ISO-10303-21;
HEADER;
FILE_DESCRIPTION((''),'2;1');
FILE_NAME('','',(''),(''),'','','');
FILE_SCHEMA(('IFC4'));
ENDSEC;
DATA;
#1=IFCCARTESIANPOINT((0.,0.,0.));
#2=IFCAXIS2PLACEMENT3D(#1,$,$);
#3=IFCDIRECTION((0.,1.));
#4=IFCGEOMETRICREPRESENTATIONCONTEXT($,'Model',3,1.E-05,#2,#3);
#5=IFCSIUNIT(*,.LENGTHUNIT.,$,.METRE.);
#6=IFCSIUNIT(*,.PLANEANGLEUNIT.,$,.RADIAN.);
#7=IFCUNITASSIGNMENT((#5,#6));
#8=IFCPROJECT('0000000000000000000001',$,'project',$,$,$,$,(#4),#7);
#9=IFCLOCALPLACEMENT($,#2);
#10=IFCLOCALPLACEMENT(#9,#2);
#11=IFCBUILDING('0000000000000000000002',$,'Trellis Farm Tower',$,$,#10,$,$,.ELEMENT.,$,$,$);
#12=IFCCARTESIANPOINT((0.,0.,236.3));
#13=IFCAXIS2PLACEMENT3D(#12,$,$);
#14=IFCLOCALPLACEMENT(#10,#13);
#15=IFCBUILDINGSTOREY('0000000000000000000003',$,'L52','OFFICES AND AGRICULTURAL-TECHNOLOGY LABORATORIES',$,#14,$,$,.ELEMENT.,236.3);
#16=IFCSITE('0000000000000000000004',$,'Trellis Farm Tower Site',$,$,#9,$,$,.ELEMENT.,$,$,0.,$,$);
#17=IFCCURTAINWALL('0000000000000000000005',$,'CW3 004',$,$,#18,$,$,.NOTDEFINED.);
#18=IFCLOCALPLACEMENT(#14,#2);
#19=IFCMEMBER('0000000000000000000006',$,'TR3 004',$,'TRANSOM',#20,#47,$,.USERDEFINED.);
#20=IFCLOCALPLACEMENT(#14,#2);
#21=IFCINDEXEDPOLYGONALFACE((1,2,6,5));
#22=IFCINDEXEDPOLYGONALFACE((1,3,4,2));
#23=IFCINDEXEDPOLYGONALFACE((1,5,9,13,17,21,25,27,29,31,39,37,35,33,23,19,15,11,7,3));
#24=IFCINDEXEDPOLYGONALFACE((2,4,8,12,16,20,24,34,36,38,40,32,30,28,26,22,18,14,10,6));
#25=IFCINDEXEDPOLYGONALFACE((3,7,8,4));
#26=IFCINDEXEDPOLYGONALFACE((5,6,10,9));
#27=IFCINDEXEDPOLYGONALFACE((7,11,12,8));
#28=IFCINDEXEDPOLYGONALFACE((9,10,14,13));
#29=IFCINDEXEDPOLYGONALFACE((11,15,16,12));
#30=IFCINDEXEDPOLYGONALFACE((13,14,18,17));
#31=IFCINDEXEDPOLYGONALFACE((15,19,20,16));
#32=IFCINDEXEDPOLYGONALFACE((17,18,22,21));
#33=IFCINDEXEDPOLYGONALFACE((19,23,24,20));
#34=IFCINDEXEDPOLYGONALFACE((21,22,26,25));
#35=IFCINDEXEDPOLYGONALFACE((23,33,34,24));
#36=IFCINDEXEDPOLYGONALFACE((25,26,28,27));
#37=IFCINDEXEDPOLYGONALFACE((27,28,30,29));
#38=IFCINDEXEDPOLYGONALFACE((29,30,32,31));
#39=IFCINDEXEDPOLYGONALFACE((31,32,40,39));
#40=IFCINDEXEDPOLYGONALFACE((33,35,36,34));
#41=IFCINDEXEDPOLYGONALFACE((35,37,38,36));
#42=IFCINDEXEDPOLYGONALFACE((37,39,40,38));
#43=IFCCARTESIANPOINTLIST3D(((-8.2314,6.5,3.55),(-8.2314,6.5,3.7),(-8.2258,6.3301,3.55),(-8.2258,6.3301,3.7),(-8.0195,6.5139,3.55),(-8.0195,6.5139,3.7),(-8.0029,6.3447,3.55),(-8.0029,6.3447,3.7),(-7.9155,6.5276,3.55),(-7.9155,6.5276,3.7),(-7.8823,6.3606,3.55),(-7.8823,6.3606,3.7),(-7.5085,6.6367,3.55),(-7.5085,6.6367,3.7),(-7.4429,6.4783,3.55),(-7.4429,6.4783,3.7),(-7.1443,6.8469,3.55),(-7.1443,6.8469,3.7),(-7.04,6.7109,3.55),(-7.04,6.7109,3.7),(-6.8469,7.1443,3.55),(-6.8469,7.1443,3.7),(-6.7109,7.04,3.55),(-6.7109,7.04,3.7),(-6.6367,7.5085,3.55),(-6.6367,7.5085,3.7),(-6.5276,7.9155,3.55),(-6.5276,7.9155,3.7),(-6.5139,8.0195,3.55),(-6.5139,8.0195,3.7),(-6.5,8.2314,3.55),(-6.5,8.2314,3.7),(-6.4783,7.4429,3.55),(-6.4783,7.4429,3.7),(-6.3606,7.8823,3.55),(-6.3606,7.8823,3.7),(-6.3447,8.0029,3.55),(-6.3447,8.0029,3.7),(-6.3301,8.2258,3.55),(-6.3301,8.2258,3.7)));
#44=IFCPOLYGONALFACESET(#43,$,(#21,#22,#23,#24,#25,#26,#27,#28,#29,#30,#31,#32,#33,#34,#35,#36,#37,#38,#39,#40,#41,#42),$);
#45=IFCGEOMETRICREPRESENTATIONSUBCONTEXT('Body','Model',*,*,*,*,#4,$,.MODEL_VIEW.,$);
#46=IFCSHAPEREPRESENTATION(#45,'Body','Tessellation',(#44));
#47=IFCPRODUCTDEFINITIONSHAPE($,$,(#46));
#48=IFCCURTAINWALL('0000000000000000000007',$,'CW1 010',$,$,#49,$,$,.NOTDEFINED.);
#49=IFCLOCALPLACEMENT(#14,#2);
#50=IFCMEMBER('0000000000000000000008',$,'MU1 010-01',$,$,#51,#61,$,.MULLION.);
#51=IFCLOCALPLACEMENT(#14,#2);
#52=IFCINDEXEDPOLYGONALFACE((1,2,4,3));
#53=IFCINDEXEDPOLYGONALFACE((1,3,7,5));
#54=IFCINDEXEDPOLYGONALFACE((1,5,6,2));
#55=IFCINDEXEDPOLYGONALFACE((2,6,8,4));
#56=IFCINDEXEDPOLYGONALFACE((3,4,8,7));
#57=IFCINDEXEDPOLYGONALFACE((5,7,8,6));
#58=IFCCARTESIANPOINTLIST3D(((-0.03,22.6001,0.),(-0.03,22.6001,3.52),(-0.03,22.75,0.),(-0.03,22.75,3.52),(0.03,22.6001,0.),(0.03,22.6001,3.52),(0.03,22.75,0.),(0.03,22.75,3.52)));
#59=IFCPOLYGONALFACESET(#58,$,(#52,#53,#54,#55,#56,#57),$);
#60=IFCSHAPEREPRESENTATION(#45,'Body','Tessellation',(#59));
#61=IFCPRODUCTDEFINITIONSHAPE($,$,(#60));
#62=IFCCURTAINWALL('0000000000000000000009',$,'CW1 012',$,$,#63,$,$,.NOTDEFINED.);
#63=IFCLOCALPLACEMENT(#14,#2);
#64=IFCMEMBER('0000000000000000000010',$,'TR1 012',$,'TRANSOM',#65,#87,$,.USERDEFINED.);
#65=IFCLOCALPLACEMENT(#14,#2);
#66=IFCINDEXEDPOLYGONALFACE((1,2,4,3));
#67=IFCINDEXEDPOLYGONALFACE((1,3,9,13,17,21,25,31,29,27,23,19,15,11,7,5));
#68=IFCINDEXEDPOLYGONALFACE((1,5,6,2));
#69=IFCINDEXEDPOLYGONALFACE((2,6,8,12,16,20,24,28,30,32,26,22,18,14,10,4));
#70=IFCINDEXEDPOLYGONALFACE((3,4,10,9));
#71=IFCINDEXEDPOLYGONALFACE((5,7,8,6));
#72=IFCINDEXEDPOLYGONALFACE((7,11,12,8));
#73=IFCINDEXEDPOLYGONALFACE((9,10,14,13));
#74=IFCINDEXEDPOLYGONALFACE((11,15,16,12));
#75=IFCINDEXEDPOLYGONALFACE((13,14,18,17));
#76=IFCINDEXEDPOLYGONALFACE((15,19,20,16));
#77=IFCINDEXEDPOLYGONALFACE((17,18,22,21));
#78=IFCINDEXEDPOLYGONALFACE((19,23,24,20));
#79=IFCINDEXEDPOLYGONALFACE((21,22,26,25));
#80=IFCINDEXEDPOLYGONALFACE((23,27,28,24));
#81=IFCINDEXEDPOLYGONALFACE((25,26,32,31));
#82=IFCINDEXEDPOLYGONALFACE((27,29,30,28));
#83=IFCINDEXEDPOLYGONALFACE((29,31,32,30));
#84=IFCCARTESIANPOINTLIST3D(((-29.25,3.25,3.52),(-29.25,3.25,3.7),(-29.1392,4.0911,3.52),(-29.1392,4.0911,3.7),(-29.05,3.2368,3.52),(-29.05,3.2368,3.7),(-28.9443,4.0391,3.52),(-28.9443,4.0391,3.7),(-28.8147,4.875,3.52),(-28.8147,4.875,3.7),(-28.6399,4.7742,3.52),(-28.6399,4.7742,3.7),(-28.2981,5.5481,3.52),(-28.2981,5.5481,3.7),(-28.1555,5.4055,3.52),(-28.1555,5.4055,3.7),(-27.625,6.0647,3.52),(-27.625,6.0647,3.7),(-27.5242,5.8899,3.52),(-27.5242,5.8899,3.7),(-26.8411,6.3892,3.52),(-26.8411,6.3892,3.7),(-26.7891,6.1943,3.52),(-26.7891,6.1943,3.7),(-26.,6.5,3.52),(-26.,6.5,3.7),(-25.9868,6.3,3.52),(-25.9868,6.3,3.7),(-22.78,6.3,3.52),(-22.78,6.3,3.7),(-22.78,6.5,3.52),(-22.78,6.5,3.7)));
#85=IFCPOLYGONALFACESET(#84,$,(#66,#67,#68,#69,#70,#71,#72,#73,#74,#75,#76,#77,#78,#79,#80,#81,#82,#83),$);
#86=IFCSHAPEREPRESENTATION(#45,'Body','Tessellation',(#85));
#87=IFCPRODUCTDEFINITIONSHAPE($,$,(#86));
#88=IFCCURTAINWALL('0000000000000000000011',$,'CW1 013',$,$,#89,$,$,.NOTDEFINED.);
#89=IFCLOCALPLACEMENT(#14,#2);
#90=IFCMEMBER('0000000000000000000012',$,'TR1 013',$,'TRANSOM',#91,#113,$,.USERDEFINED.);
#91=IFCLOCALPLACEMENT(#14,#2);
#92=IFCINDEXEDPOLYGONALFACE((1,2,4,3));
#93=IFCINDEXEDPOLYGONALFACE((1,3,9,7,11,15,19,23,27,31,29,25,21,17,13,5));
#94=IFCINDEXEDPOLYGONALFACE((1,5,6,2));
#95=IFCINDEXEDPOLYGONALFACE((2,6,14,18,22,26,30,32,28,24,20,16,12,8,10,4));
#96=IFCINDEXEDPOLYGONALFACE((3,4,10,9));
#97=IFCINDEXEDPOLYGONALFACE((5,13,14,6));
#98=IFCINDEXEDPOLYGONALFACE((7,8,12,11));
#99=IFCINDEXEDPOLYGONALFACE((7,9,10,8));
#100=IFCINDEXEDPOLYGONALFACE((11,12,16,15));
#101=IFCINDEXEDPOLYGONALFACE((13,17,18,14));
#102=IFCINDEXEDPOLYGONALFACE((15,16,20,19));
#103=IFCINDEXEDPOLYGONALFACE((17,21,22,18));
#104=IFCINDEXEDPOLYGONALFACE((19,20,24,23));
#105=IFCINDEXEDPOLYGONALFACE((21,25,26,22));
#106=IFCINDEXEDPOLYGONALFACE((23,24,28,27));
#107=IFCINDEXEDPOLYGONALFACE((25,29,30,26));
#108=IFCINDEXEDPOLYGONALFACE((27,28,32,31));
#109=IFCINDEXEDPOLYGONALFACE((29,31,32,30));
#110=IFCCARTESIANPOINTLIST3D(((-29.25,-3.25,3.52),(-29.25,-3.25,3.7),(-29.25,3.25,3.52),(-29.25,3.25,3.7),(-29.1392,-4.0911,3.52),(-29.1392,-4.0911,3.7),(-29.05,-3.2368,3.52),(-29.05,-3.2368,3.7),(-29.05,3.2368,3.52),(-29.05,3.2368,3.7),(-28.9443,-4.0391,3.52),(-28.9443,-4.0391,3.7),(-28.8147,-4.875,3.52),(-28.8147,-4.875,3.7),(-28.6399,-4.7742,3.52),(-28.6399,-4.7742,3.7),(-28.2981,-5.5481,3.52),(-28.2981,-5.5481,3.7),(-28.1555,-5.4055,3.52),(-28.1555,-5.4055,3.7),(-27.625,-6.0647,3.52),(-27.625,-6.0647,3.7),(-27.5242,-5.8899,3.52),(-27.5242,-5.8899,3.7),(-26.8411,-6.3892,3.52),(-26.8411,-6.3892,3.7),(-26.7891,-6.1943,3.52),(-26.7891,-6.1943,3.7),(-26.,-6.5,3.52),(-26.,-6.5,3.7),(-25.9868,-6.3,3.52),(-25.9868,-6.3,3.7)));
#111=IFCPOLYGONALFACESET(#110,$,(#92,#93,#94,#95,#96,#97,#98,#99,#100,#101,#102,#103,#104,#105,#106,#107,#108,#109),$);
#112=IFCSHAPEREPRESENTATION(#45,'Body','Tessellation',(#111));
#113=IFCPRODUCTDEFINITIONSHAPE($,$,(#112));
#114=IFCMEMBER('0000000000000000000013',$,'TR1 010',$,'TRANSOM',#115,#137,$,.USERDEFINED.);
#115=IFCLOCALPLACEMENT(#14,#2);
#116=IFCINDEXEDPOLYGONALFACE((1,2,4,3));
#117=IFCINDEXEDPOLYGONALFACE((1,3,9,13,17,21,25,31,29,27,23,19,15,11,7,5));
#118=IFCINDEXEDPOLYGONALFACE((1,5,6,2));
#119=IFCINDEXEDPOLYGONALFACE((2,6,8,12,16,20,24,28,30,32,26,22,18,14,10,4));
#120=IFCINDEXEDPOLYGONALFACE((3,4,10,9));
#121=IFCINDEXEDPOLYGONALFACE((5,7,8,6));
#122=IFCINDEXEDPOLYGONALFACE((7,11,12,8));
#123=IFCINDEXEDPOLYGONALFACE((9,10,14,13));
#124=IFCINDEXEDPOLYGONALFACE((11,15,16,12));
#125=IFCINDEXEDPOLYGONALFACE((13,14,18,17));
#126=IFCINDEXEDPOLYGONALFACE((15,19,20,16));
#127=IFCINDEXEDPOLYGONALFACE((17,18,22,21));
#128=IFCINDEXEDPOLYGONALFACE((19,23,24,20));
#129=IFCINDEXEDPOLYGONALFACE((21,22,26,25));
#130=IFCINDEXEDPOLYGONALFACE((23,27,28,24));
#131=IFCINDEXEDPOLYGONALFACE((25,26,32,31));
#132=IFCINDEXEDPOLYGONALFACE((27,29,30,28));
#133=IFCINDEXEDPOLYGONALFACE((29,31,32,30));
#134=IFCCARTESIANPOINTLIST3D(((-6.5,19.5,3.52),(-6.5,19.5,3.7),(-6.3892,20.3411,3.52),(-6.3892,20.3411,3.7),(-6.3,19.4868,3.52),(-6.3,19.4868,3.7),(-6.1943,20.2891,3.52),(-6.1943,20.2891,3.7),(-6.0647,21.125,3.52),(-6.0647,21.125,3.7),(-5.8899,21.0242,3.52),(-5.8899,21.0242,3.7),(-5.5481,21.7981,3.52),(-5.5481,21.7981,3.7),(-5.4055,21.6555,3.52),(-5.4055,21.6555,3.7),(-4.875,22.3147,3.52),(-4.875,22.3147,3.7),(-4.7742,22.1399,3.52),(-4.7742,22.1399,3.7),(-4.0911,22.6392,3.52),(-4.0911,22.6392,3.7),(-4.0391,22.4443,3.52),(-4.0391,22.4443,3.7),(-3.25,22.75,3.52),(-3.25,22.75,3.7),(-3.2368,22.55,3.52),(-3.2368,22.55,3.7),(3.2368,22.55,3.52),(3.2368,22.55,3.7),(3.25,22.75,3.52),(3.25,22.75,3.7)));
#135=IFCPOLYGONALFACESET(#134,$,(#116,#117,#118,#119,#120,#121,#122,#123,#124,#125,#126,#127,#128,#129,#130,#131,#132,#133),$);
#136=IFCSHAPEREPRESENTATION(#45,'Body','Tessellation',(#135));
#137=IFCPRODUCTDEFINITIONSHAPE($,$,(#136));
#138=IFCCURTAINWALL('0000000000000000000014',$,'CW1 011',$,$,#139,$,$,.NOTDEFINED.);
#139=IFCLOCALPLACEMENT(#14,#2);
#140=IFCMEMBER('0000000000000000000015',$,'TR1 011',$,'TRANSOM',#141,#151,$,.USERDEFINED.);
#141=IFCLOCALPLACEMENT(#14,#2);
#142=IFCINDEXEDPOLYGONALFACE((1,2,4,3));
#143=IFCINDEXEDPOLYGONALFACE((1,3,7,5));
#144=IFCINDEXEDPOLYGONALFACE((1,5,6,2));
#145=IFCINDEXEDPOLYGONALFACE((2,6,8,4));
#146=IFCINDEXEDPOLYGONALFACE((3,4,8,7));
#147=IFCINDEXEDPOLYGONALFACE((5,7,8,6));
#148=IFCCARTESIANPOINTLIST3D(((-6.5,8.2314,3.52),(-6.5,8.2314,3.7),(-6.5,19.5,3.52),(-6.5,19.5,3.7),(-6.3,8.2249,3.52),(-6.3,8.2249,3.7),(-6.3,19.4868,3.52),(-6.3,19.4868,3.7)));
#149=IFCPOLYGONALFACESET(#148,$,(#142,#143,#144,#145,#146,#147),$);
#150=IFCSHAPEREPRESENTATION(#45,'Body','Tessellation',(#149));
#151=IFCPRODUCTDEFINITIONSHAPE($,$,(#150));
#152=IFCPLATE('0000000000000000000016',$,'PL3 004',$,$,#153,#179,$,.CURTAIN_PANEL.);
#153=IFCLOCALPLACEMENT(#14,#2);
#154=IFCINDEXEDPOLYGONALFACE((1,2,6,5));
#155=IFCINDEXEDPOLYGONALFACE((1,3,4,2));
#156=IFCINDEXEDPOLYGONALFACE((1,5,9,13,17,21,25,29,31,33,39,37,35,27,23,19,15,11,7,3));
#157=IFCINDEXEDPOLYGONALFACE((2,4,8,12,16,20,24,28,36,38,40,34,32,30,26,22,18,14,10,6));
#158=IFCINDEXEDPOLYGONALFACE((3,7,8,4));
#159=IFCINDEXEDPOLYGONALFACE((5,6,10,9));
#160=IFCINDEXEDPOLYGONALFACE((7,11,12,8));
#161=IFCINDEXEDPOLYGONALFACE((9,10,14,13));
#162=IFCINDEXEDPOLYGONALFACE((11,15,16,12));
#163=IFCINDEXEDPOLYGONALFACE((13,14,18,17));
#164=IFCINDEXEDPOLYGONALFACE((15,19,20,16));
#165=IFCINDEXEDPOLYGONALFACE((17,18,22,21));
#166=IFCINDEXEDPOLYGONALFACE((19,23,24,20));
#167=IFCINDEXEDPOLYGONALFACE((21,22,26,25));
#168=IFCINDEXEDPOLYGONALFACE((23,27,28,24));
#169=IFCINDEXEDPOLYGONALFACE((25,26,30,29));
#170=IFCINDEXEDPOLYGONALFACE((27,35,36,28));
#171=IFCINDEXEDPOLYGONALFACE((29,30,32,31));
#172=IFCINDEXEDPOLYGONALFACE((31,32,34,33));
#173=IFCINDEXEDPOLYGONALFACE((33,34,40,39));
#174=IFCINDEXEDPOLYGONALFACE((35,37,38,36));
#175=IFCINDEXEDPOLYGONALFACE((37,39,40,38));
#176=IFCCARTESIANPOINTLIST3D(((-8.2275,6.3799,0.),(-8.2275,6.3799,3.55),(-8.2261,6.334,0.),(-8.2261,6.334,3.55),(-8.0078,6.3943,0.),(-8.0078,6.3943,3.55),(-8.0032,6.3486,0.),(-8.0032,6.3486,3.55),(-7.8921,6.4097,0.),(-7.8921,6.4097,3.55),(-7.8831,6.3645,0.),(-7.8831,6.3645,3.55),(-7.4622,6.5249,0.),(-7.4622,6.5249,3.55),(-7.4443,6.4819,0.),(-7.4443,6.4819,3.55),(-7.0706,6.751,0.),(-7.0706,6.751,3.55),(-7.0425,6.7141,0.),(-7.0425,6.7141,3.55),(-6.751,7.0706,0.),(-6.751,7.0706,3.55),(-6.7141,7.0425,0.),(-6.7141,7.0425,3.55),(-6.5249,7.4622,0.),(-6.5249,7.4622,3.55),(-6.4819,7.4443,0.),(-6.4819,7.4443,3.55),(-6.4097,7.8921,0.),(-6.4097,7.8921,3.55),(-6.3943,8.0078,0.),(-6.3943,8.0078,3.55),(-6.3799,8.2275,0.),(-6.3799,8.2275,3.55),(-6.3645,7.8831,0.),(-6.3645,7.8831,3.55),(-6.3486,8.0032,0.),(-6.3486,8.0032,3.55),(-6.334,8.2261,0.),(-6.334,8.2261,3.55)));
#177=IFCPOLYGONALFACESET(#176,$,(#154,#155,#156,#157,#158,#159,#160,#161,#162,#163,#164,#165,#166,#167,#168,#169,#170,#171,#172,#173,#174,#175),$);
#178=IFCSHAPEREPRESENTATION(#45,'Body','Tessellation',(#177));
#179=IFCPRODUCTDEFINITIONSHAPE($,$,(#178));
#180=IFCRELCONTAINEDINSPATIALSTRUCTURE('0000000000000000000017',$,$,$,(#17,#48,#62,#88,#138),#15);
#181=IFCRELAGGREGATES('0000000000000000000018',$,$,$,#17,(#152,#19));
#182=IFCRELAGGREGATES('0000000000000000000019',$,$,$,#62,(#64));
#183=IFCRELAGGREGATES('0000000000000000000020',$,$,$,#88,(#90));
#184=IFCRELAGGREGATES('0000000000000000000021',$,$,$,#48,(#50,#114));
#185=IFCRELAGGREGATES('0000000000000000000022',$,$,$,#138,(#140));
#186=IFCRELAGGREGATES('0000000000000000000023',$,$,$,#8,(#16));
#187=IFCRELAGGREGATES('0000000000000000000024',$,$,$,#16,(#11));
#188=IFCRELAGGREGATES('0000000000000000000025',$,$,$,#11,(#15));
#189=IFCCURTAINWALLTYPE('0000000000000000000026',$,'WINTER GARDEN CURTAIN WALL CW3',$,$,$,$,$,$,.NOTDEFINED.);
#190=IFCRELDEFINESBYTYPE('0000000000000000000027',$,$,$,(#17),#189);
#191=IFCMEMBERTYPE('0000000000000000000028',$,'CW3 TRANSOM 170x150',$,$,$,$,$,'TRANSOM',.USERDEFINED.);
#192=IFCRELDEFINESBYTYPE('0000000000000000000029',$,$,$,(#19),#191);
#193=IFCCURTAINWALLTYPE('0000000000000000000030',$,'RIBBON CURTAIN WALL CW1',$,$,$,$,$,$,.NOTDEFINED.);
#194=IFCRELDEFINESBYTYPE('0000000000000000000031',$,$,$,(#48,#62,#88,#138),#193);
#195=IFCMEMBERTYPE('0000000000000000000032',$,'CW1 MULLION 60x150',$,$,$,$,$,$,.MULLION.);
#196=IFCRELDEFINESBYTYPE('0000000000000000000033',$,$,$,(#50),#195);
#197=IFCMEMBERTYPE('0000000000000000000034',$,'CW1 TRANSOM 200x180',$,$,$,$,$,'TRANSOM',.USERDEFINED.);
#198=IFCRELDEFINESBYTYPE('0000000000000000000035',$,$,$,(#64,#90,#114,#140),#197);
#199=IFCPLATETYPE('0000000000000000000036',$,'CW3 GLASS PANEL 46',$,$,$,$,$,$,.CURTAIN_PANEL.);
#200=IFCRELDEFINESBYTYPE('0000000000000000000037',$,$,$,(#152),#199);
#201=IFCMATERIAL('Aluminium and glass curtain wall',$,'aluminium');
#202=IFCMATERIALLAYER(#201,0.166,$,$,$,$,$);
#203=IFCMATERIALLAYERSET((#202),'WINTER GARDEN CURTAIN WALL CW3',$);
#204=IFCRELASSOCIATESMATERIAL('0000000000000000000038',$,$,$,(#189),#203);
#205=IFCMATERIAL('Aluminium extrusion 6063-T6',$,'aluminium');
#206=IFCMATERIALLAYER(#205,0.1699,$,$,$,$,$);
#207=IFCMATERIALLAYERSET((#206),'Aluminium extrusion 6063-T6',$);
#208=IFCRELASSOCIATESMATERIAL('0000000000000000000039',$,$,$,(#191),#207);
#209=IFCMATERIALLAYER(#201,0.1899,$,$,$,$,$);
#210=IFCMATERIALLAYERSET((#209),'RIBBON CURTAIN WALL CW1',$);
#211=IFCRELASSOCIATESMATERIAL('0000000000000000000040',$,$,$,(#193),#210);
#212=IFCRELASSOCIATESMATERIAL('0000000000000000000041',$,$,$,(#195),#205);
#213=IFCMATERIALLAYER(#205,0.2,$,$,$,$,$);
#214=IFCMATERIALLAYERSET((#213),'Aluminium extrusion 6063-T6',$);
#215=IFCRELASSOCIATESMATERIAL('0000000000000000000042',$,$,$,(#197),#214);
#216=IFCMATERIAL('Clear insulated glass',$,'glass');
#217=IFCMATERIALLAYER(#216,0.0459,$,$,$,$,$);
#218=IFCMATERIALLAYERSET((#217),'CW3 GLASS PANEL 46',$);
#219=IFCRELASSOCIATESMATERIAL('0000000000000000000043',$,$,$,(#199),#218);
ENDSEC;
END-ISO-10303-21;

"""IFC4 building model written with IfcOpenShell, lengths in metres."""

from ifc_helpers import new_model, si_unit, direction, frame, origin, origin_2d, place, context, subcontext, project, spatial, polyline, rectangle, outline, extrude, source, transform, mapped, material, layer, layer_set, material_profile, profile_set, type_object, element, aggregate, save


model = new_model("IFC4")

# Units and contexts
model_context = context("Model", 3, precision=1e-05, world=origin(), true_north=direction((0.0, 1.0)))
body_context = subcontext(model_context, "Body", "Model", "MODEL_VIEW")
ifc_project = project(units=[si_unit("LENGTHUNIT", "METRE"), si_unit("PLANEANGLEUNIT", "RADIAN")], contexts=[model_context])

# Site, building, storey
site_placement = place(None, origin())
site = spatial("IfcSite", under=ifc_project, at=site_placement, Name="Trellis Farm Tower Site", CompositionType="ELEMENT", RefElevation=0.0)
building_placement = place(site_placement, origin())
building = spatial("IfcBuilding", under=site, at=building_placement, Name="Trellis Farm Tower", CompositionType="ELEMENT")
storey_placement = place(building_placement, frame((0.0, 0.0, 236.3)))
storey = spatial("IfcBuildingStorey", under=building, at=storey_placement, Name="L52", Description="OFFICES AND AGRICULTURAL-TECHNOLOGY LABORATORIES", CompositionType="ELEMENT", Elevation=236.3)

# Curtain walls, members
ifc_material_1 = material(Name="Aluminium and glass curtain wall", Category="aluminium")
ifc_layer_1 = layer(ifc_material_1, 0.166)
ifc_layer_set_1 = layer_set([ifc_layer_1], Name="WINTER GARDEN CURTAIN WALL CW3")
curtain_wall_type_1 = type_object("IfcCurtainWallType", Name="WINTER GARDEN CURTAIN WALL CW3", PredefinedType="NOTDEFINED", material=ifc_layer_set_1)
placement_1 = place(storey_placement, origin())
curtain_wall_1 = element("IfcCurtainWall", 1, at=placement_1, inside=storey, type_object=curtain_wall_type_1, Name="CW3 004", PredefinedType="NOTDEFINED")
ifc_material_2 = material(Name="Aluminium extrusion 6063-T6", Category="aluminium")
ifc_layer_2 = layer(ifc_material_2, 0.1699)
ifc_layer_set_2 = layer_set([ifc_layer_2], Name="Aluminium extrusion 6063-T6")
member_type_1 = type_object("IfcMemberType", Name="CW3 TRANSOM 170x150", ElementType="TRANSOM", PredefinedType="USERDEFINED", material=ifc_layer_set_2)
shared_shape_1 = source(origin(), body_context, "Body", "SweptSolid", [
    extrude(outline(polyline([(-6.5, 8.2314), (-6.5139, 8.0195), (-6.5276, 7.9155), (-6.6367, 7.5085), (-6.8469, 7.1443), (-7.1443, 6.8469), (-7.5085, 6.6367), (-7.9155, 6.5276), (-8.0195, 6.5139), (-8.2314, 6.5), (-8.2258, 6.3301), (-8.0029, 6.3447), (-7.8823, 6.3606), (-7.4429, 6.4783), (-7.04, 6.7109), (-6.7109, 7.04), (-6.4783, 7.4429), (-6.3606, 7.8823), (-6.3447, 8.0029), (-6.3301, 8.2258), (-6.5, 8.2314)])), origin(), (0.0, 0.0, 1.0), 0.1499),
])
member_1_placement = place(storey_placement, frame((0.0, 0.0, 3.55)))
member_1 = element("IfcMember", 2, at=member_1_placement, type_object=member_type_1, Name="TR3 004", ObjectType="TRANSOM", PredefinedType="USERDEFINED", context=body_context, shape_type="MappedRepresentation", body=[
    mapped(shared_shape_1, transform((0.0, 0.0, 0.0))),
])
ifc_layer_3 = layer(ifc_material_1, 0.1899)
ifc_layer_set_3 = layer_set([ifc_layer_3], Name="RIBBON CURTAIN WALL CW1")
curtain_wall_type_2 = type_object("IfcCurtainWallType", Name="RIBBON CURTAIN WALL CW1", PredefinedType="NOTDEFINED", material=ifc_layer_set_3)
curtain_wall_2 = element("IfcCurtainWall", 3, at=placement_1, inside=storey, type_object=curtain_wall_type_2, Name="CW1 010", PredefinedType="NOTDEFINED")
ifc_material_profile = material_profile(ifc_material_2, rectangle(XDim=0.0601, YDim=0.1499, at=origin_2d()), Name="MULLION 60x150")
ifc_profile_set = profile_set([ifc_material_profile], Name="Aluminium extrusion 6063-T6")
member_type_2 = type_object("IfcMemberType", Name="CW1 MULLION 60x150", PredefinedType="MULLION", material=ifc_profile_set)
shared_shape_2 = source(origin(), body_context, "Body", "SweptSolid", [
    extrude(rectangle(XDim=0.0601, YDim=0.1499, at=origin_2d()), origin(), (0.0, 0.0, 1.0), 3.52),
])
member_2_placement = place(storey_placement, frame((0.0, 22.675, 0.0), z_axis=(0.0, 0.0, 1.0), x_axis=(-1.0, 0.0, 0.0)))
member_2 = element("IfcMember", 4, at=member_2_placement, type_object=member_type_2, Name="MU1 010-01", PredefinedType="MULLION", context=body_context, shape_type="MappedRepresentation", body=[
    mapped(shared_shape_2, transform((0.0, 0.0, 0.0))),
])
curtain_wall_3 = element("IfcCurtainWall", 5, at=placement_1, inside=storey, type_object=curtain_wall_type_2, Name="CW1 012", PredefinedType="NOTDEFINED")
ifc_layer_4 = layer(ifc_material_2, 0.2)
ifc_layer_set_4 = layer_set([ifc_layer_4], Name="Aluminium extrusion 6063-T6")
member_type_3 = type_object("IfcMemberType", Name="CW1 TRANSOM 200x180", ElementType="TRANSOM", PredefinedType="USERDEFINED", material=ifc_layer_set_4)
shared_shape_3 = source(origin(), body_context, "Body", "SweptSolid", [
    extrude(outline(polyline([(-22.78, 6.5), (-26.0, 6.5), (-26.8411, 6.3892), (-27.625, 6.0647), (-28.2981, 5.5481), (-28.8147, 4.875), (-29.1392, 4.0911), (-29.25, 3.25), (-29.05, 3.2368), (-28.9443, 4.0391), (-28.6399, 4.7742), (-28.1555, 5.4055), (-27.5242, 5.8899), (-26.7891, 6.1943), (-25.9868, 6.3), (-22.78, 6.3), (-22.78, 6.5)])), origin(), (0.0, 0.0, 1.0), 0.1799),
])
placement_2 = place(storey_placement, frame((0.0, 0.0, 3.52)))
member_3 = element("IfcMember", 6, at=placement_2, type_object=member_type_3, Name="TR1 012", ObjectType="TRANSOM", PredefinedType="USERDEFINED", context=body_context, shape_type="MappedRepresentation", body=[
    mapped(shared_shape_3, transform((0.0, 0.0, 0.0))),
])
curtain_wall_4 = element("IfcCurtainWall", 7, at=placement_1, inside=storey, type_object=curtain_wall_type_2, Name="CW1 013", PredefinedType="NOTDEFINED")
shared_shape_4 = source(origin(), body_context, "Body", "SweptSolid", [
    extrude(outline(polyline([(-29.25, 3.25), (-29.25, -3.25), (-29.1392, -4.0911), (-28.8147, -4.875), (-28.2981, -5.5481), (-27.625, -6.0647), (-26.8411, -6.3892), (-26.0, -6.5), (-25.9868, -6.3), (-26.7891, -6.1943), (-27.5242, -5.8899), (-28.1555, -5.4055), (-28.6399, -4.7742), (-28.9443, -4.0391), (-29.05, -3.2368), (-29.05, 3.2368), (-29.25, 3.25)])), origin(), (0.0, 0.0, 1.0), 0.1799),
])
member_4 = element("IfcMember", 8, at=placement_2, type_object=member_type_3, Name="TR1 013", ObjectType="TRANSOM", PredefinedType="USERDEFINED", context=body_context, shape_type="MappedRepresentation", body=[
    mapped(shared_shape_4, transform((0.0, 0.0, 0.0))),
])

# Member
shared_shape_5 = source(origin(), body_context, "Body", "SweptSolid", [
    extrude(outline(polyline([(3.25, 22.75), (-3.25, 22.75), (-4.0911, 22.6392), (-4.875, 22.3147), (-5.5481, 21.7981), (-6.0647, 21.125), (-6.3892, 20.3411), (-6.5, 19.5), (-6.3, 19.4868), (-6.1943, 20.2891), (-5.8899, 21.0242), (-5.4055, 21.6555), (-4.7742, 22.1399), (-4.0391, 22.4443), (-3.2368, 22.55), (3.2368, 22.55), (3.25, 22.75)])), origin(), (0.0, 0.0, 1.0), 0.1799),
])
member_5 = element("IfcMember", 9, at=placement_2, type_object=member_type_3, Name="TR1 010", ObjectType="TRANSOM", PredefinedType="USERDEFINED", context=body_context, shape_type="MappedRepresentation", body=[
    mapped(shared_shape_5, transform((0.0, 0.0, 0.0))),
])

# Curtain wall, member
curtain_wall_5 = element("IfcCurtainWall", 10, at=placement_1, inside=storey, type_object=curtain_wall_type_2, Name="CW1 011", PredefinedType="NOTDEFINED")
shared_shape_6 = source(origin(), body_context, "Body", "SweptSolid", [
    extrude(outline(polyline([(-6.5, 19.5), (-6.5, 8.2314), (-6.3, 8.2249), (-6.3, 19.4868), (-6.5, 19.5)])), origin(), (0.0, 0.0, 1.0), 0.1799),
])
member_6 = element("IfcMember", 11, at=placement_2, type_object=member_type_3, Name="TR1 011", ObjectType="TRANSOM", PredefinedType="USERDEFINED", context=body_context, shape_type="MappedRepresentation", body=[
    mapped(shared_shape_6, transform((0.0, 0.0, 0.0))),
])

# Plate
ifc_material_3 = material(Name="Clear insulated glass", Category="glass")
ifc_layer_5 = layer(ifc_material_3, 0.0459)
ifc_layer_set_5 = layer_set([ifc_layer_5], Name="CW3 GLASS PANEL 46")
plate_type_1 = type_object("IfcPlateType", Name="CW3 GLASS PANEL 46", PredefinedType="CURTAIN_PANEL", material=ifc_layer_set_5)
shared_shape_7 = source(origin(), body_context, "Body", "SweptSolid", [
    extrude(outline(polyline([(-6.3799, 8.2275), (-6.3943, 8.0078), (-6.4097, 7.8921), (-6.5249, 7.4622), (-6.751, 7.0706), (-7.0706, 6.751), (-7.4622, 6.5249), (-7.8921, 6.4097), (-8.0078, 6.3943), (-8.2275, 6.3799), (-8.2261, 6.334), (-8.0032, 6.3486), (-7.8831, 6.3645), (-7.4443, 6.4819), (-7.0425, 6.7141), (-6.7141, 7.0425), (-6.4819, 7.4443), (-6.3645, 7.8831), (-6.3486, 8.0032), (-6.334, 8.2261), (-6.3799, 8.2275)])), origin(), (0.0, 0.0, 1.0), 3.55),
])
plate_1 = element("IfcPlate", 12, at=placement_1, type_object=plate_type_1, Name="PL3 004", PredefinedType="CURTAIN_PANEL", context=body_context, shape_type="MappedRepresentation", body=[
    mapped(shared_shape_7, transform((0.0, 0.0, 0.0))),
])
aggregate(curtain_wall_1, [plate_1, member_1])
aggregate(curtain_wall_3, [member_3])
aggregate(curtain_wall_4, [member_4])
aggregate(curtain_wall_2, [member_2, member_5])
aggregate(curtain_wall_5, [member_6])

save(model, "model.ifc")
